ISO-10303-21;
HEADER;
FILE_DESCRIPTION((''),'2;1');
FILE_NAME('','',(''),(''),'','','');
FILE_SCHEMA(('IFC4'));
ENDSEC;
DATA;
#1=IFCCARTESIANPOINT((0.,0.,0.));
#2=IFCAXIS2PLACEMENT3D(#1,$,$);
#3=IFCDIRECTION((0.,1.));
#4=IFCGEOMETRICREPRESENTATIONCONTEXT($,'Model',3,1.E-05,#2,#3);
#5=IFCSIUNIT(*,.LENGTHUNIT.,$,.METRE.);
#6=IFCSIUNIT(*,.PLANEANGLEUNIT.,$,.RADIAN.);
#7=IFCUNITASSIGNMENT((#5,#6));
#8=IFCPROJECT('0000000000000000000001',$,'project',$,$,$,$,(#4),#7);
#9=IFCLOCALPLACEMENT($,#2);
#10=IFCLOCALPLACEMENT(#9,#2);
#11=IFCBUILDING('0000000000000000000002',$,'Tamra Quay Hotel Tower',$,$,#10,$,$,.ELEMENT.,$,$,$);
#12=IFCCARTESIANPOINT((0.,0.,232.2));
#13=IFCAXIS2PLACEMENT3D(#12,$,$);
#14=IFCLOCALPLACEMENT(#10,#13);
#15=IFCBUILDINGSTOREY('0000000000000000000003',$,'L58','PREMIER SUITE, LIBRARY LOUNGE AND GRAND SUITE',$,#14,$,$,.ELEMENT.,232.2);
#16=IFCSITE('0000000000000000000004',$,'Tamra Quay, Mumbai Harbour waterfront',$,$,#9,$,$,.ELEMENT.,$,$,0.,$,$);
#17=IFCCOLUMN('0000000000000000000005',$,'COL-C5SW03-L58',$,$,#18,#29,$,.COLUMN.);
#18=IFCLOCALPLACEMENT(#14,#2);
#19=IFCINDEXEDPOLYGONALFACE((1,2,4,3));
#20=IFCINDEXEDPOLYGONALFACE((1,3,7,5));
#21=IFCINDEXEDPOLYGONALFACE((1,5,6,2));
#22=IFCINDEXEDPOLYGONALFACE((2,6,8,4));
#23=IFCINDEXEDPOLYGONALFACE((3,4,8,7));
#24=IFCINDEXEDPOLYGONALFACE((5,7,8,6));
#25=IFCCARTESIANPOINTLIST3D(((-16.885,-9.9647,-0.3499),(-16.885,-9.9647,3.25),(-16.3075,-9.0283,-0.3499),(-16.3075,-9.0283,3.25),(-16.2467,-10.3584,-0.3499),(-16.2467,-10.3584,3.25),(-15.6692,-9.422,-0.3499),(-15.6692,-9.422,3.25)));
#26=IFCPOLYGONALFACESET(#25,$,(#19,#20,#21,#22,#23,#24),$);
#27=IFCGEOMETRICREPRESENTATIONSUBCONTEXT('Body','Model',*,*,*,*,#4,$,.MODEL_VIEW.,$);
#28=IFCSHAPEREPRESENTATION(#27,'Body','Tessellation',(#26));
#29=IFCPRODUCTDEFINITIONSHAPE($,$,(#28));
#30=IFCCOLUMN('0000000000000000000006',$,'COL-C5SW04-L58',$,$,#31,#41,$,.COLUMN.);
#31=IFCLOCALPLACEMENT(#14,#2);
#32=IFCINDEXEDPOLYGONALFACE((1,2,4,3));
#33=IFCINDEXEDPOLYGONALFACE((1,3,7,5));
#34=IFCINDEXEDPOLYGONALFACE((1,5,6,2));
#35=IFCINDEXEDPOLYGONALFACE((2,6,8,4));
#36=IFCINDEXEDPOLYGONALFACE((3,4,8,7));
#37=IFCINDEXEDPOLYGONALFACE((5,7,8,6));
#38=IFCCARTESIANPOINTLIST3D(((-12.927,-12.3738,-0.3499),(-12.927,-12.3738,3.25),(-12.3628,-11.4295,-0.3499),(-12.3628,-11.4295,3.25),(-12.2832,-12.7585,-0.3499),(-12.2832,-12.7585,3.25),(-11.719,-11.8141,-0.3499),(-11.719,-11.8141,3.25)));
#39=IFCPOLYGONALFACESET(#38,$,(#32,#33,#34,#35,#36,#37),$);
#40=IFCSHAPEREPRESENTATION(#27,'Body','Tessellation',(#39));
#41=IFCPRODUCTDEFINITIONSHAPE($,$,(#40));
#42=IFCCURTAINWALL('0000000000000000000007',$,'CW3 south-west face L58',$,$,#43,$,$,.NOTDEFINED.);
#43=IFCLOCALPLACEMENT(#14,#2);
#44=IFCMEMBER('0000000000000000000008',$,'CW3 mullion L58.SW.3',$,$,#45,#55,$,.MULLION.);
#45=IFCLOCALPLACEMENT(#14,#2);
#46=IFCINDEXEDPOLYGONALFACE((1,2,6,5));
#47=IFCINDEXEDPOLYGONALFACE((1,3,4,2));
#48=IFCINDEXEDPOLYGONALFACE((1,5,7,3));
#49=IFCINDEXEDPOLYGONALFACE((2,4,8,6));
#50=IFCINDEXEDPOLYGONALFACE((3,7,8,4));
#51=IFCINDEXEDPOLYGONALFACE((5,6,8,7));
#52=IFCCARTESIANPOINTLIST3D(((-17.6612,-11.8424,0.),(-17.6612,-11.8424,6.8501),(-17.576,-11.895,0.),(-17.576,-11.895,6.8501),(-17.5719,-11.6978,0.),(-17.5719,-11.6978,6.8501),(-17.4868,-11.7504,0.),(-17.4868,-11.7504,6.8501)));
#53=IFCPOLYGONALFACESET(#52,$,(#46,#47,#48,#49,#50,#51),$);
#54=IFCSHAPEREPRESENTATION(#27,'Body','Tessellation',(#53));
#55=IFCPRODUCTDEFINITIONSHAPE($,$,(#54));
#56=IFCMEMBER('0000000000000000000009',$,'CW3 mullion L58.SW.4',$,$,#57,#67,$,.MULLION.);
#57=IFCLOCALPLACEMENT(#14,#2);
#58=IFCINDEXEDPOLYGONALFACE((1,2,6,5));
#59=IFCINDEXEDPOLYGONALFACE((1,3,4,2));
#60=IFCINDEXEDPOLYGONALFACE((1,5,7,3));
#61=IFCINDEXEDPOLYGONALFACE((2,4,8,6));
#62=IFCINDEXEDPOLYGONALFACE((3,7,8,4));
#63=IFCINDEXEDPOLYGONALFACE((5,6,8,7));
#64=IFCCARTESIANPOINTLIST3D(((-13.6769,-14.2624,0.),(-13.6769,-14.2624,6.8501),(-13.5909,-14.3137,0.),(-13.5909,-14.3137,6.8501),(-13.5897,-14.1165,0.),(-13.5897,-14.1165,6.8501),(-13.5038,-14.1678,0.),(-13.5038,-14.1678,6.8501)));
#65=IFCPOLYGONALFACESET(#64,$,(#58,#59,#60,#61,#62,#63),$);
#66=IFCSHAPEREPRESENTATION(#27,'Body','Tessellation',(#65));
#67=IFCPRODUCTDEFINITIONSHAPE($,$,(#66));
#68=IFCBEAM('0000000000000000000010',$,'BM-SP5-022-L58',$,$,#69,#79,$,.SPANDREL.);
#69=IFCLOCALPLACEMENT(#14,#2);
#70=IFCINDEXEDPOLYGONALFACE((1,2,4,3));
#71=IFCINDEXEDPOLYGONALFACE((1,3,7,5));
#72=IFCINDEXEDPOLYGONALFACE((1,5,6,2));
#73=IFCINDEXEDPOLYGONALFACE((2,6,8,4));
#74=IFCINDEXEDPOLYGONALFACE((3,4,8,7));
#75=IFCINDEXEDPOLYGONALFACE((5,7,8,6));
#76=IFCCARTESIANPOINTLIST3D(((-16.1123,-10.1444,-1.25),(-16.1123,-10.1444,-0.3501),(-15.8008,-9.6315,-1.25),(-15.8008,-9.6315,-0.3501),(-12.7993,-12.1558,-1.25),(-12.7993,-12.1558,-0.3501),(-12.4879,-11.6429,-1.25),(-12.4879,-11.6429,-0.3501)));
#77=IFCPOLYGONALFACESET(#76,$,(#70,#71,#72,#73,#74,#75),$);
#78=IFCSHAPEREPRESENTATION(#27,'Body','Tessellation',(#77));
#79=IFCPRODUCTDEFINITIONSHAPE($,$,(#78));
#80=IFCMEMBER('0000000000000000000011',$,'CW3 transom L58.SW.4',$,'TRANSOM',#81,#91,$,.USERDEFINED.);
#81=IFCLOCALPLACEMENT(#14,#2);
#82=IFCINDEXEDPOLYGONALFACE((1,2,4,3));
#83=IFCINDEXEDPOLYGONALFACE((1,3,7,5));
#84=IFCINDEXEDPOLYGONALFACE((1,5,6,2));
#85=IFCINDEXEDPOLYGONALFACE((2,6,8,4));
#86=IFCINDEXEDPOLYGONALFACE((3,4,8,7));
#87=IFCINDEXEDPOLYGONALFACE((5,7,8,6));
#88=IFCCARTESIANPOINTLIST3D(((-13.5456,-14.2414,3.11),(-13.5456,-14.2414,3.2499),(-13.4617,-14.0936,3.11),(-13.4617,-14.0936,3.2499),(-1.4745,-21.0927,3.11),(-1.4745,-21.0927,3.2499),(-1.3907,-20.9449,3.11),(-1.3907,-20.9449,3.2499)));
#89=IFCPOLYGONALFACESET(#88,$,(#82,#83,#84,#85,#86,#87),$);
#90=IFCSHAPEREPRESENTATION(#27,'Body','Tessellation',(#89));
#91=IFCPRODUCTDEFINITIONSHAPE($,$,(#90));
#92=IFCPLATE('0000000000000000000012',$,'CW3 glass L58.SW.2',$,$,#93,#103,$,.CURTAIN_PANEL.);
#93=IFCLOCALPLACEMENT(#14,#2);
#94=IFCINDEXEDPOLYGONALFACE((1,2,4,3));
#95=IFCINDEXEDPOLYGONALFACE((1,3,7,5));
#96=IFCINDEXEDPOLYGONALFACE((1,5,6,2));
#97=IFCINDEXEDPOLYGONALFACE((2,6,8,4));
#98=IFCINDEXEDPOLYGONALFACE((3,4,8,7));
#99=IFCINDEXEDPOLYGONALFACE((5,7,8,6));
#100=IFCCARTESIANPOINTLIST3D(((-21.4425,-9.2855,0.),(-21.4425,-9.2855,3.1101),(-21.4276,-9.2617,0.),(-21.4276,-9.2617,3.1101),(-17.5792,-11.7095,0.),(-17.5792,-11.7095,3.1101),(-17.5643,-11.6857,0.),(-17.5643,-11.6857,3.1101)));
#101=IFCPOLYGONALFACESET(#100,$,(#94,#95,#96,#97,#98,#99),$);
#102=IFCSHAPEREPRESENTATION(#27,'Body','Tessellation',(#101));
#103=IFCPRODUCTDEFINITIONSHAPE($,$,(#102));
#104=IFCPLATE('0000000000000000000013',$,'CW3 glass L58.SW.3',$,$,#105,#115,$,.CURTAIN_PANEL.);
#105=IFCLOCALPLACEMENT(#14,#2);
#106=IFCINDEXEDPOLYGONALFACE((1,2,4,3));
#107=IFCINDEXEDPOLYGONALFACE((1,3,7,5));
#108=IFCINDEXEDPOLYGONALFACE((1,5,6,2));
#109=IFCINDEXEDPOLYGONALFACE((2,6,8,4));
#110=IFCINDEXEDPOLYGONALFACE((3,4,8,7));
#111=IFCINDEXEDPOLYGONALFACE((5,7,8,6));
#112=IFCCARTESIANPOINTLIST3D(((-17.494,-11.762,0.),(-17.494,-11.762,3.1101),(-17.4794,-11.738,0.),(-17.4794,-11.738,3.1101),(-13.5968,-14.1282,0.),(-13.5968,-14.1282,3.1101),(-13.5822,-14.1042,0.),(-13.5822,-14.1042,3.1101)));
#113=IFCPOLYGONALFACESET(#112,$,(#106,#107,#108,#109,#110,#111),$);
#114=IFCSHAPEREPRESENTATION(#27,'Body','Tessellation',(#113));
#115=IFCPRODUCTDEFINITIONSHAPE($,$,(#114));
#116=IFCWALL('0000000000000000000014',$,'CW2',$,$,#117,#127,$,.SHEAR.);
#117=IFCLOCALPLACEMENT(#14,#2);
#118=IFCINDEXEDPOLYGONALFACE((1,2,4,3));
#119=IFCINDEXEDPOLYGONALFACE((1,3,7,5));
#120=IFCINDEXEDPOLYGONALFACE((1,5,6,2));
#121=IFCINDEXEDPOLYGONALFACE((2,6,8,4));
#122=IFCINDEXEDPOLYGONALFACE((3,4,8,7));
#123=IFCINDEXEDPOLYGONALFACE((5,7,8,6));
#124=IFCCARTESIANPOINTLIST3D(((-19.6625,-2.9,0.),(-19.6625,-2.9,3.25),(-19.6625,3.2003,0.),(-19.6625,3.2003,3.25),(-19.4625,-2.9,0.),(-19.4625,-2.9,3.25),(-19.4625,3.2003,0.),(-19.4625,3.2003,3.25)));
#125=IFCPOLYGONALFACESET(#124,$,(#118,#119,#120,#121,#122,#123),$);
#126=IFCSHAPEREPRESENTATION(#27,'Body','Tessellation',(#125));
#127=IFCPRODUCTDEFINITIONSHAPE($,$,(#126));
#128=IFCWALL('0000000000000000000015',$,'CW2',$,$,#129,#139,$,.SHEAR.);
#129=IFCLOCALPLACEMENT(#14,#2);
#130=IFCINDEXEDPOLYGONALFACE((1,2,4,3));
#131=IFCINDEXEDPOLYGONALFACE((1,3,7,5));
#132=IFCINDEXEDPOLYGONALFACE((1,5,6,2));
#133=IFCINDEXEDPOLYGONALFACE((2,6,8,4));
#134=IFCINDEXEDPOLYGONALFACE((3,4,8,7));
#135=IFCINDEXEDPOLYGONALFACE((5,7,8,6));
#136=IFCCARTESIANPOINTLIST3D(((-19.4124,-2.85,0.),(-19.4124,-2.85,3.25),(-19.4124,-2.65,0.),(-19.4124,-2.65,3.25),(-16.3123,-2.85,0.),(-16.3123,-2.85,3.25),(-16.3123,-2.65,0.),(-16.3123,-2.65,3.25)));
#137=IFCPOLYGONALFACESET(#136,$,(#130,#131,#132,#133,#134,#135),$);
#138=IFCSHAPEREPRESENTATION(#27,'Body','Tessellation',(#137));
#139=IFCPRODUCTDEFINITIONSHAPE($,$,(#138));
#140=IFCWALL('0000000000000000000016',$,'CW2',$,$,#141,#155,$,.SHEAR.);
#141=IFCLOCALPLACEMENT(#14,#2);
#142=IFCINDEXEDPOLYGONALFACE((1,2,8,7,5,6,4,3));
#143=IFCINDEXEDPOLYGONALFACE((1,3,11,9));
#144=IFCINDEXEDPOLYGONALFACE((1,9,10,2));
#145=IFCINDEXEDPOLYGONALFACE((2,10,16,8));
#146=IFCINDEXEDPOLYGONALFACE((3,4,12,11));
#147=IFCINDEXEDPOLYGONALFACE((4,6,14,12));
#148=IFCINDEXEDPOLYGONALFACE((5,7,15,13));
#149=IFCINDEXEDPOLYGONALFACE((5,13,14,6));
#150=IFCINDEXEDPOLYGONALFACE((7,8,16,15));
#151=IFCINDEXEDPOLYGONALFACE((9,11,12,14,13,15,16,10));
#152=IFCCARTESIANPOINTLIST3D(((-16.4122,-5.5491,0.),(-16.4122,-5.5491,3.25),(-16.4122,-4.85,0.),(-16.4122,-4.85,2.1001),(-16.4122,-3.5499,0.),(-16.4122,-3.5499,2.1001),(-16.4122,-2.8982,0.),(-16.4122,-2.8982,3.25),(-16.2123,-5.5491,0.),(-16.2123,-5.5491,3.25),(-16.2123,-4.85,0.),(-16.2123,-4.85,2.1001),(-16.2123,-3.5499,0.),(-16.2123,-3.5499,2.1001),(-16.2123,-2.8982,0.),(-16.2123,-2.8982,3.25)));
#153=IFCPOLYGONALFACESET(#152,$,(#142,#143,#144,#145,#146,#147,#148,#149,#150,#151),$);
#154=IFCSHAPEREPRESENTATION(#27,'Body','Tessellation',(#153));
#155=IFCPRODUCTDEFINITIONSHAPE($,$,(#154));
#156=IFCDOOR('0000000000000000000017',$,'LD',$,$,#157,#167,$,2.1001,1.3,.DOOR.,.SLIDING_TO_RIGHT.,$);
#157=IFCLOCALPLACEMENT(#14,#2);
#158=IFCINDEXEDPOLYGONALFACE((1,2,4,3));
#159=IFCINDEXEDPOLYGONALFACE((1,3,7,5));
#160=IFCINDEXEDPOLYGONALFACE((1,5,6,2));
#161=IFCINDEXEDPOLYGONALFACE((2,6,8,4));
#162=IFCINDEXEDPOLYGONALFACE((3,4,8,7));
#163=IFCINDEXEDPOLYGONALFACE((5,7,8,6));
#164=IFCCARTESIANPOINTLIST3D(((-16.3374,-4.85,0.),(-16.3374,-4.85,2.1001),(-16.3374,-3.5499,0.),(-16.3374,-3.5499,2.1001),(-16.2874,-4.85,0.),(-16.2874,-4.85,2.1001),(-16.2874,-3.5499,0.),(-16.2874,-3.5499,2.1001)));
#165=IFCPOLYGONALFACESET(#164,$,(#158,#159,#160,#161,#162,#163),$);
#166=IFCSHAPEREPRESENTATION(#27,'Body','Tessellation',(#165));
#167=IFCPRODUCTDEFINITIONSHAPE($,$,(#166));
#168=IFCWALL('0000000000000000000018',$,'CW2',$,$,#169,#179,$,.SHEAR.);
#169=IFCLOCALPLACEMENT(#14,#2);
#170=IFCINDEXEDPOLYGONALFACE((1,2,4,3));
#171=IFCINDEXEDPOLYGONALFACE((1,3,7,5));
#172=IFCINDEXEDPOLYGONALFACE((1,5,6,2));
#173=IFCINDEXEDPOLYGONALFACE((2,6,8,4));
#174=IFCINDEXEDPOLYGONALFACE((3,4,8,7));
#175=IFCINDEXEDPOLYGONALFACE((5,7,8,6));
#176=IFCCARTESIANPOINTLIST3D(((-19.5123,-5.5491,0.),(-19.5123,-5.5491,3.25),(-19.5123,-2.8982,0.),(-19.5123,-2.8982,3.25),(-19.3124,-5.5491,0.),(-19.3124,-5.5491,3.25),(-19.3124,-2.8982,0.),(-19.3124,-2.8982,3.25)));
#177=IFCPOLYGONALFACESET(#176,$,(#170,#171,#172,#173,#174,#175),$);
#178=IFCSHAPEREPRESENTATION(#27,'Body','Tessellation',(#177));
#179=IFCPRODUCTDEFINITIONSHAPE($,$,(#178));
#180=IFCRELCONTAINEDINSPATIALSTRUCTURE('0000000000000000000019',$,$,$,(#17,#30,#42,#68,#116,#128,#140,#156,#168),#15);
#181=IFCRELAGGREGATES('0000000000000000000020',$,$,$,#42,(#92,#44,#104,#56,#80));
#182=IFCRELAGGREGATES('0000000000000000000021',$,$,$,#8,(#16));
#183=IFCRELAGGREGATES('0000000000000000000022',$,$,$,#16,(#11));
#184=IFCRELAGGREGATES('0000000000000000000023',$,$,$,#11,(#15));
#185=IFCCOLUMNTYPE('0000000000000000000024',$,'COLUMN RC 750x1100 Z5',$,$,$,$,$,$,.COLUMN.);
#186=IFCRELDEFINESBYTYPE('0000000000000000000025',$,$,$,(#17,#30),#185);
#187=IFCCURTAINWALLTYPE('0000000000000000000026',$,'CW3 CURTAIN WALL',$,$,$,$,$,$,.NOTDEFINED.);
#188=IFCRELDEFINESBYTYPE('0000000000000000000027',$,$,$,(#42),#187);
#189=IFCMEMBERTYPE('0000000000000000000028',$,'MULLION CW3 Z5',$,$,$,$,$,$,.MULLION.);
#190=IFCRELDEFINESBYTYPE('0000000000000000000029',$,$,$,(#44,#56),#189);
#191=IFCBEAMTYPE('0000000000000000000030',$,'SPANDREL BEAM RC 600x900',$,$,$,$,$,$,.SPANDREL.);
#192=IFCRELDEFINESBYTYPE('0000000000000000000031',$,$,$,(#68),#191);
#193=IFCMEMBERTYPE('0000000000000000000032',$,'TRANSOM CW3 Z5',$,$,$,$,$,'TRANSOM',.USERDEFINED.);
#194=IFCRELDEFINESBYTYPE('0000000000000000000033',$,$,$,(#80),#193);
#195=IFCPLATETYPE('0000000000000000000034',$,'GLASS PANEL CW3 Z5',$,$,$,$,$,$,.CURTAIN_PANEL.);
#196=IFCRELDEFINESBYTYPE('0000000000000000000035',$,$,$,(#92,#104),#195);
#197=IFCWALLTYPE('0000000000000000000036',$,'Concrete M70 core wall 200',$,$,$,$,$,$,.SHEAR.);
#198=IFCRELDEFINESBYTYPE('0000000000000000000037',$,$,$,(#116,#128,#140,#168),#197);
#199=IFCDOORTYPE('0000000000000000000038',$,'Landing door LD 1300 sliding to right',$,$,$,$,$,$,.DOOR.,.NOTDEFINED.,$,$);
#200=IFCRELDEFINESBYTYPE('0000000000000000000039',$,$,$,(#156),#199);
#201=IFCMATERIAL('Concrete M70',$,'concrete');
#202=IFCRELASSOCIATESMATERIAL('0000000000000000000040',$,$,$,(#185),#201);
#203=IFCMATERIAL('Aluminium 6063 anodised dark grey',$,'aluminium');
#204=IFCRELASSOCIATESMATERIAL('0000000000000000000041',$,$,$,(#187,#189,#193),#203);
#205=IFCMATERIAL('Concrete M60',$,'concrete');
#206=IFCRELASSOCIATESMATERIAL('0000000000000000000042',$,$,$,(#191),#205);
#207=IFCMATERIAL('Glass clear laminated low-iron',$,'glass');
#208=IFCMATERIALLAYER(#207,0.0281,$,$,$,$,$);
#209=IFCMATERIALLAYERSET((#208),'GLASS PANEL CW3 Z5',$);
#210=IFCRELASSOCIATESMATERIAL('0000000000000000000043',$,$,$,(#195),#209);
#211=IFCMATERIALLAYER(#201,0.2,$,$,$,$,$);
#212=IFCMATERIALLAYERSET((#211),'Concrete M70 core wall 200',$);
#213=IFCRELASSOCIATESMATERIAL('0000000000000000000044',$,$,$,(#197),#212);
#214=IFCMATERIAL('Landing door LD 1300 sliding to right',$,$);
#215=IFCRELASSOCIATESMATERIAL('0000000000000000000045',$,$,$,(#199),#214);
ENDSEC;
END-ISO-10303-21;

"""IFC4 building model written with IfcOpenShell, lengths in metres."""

from ifc_helpers import new_model, si_unit, direction, frame, frame_2d, origin, origin_2d, place, context, subcontext, project, spatial, rectangle, extrude, material, layer, layer_set, material_profile, profile_set, type_object, element, fill, aggregate, save


model = new_model("IFC4")

# Units and contexts
model_context = context("Model", 3, precision=1e-05, world=origin(), true_north=direction((0.0, 1.0)))
body_context = subcontext(model_context, "Body", "Model", "MODEL_VIEW")
ifc_project = project(units=[si_unit("LENGTHUNIT", "METRE"), si_unit("PLANEANGLEUNIT", "RADIAN")], contexts=[model_context])

# Site, building, storey
site_placement = place(None, origin())
site = spatial("IfcSite", under=ifc_project, at=site_placement, Name="Tamra Quay, Mumbai Harbour waterfront", CompositionType="ELEMENT", RefElevation=0.0)
building_placement = place(site_placement, origin())
building = spatial("IfcBuilding", under=site, at=building_placement, Name="Tamra Quay Hotel Tower", CompositionType="ELEMENT")
storey_placement = place(building_placement, frame((0.0, 0.0, 232.2)))
storey = spatial("IfcBuildingStorey", under=building, at=storey_placement, Name="L58", Description="PREMIER SUITE, LIBRARY LOUNGE AND GRAND SUITE", CompositionType="ELEMENT", Elevation=232.2)

# Columns
ifc_material_1 = material(Name="Concrete M70", Category="concrete")
ifc_material_profile_1 = material_profile(ifc_material_1, rectangle(XDim=1.1001, YDim=0.75, at=origin_2d()), Name="COLUMN RC 750x1100 Z5")
ifc_profile_set_1 = profile_set([ifc_material_profile_1], Name="Concrete M70")
column_type = type_object("IfcColumnType", Name="COLUMN RC 750x1100 Z5", PredefinedType="COLUMN", material=ifc_profile_set_1)
for number, where, z_axis, x_axis, name in (
    (1, (-16.2771, -9.6934, -0.3499), (0.0, 0.0, 1.0), (0.524928, 0.851147, 0.0), "COL-C5SW03-L58"),
    (2, (-12.323, -12.094, -0.3499), (0.0, 0.0, 1.0), (0.512899, 0.858449, 0.0), "COL-C5SW04-L58"),
):
    element("IfcColumn", number, at=place(storey_placement, frame(where, z_axis=z_axis, x_axis=x_axis)), inside=storey, type_object=column_type, Name=name, PredefinedType="COLUMN", context=body_context, shape_type="SweptSolid", body=[
        extrude(rectangle(XDim=1.1001, YDim=0.75, at=origin_2d()), origin(), (0.0, 0.0, 1.0), 3.5999),
    ])

# Curtain wall, members
ifc_material_2 = material(Name="Aluminium 6063 anodised dark grey", Category="aluminium")
curtain_wall_type = type_object("IfcCurtainWallType", Name="CW3 CURTAIN WALL", PredefinedType="NOTDEFINED", material=ifc_material_2)
curtain_wall_placement = place(storey_placement, origin())
curtain_wall = element("IfcCurtainWall", 3, at=curtain_wall_placement, inside=storey, type_object=curtain_wall_type, Name="CW3 south-west face L58", PredefinedType="NOTDEFINED")
ifc_material_profile_2 = material_profile(ifc_material_2, rectangle(XDim=0.1699, YDim=0.1001, at=origin_2d()), Name="MULLION 100X170")
ifc_profile_set_2 = profile_set([ifc_material_profile_2], Name="Aluminium 6063 anodised dark grey")
member_type_1 = type_object("IfcMemberType", Name="MULLION CW3 Z5", PredefinedType="MULLION", material=ifc_profile_set_2)
member_1_placement = place(storey_placement, frame((-17.574, -11.7964, 0.0), z_axis=(0.0, 0.0, 1.0), x_axis=(-0.525249, -0.850949, 0.0)))
member_1 = element("IfcMember", 4, at=member_1_placement, type_object=member_type_1, Name="CW3 mullion L58.SW.3", PredefinedType="MULLION", context=body_context, shape_type="SweptSolid", body=[
    extrude(rectangle(XDim=0.1699, YDim=0.1001, at=origin_2d()), origin(), (0.0, 0.0, 1.0), 6.8501),
])
member_2_placement = place(storey_placement, frame((-13.5903, -14.2151, 0.0), z_axis=(0.0, 0.0, 1.0), x_axis=(-0.512688, -0.858575, 0.0)))
member_2 = element("IfcMember", 5, at=member_2_placement, type_object=member_type_1, Name="CW3 mullion L58.SW.4", PredefinedType="MULLION", context=body_context, shape_type="SweptSolid", body=[
    extrude(rectangle(XDim=0.1699, YDim=0.1001, at=origin_2d()), origin(), (0.0, 0.0, 1.0), 6.8501),
])

# Beam
ifc_material_3 = material(Name="Concrete M60", Category="concrete")
ifc_material_profile_3 = material_profile(ifc_material_3, rectangle(XDim=0.6001, YDim=0.8999, at=origin_2d()), Name="SPANDREL BEAM RC 600x900")
ifc_profile_set_3 = profile_set([ifc_material_profile_3], Name="Concrete M60")
beam_type = type_object("IfcBeamType", Name="SPANDREL BEAM RC 600x900", PredefinedType="SPANDREL", material=ifc_profile_set_3)
beam_placement = place(storey_placement, frame((-15.9565, -9.8879, -0.8), z_axis=(0.854786, -0.518981, 0.0), x_axis=(0.518981, 0.854786, 0.0)))
element("IfcBeam", 6, at=beam_placement, inside=storey, type_object=beam_type, Name="BM-SP5-022-L58", PredefinedType="SPANDREL", context=body_context, shape_type="SweptSolid", body=[
    extrude(rectangle(XDim=0.6001, YDim=0.8999, at=origin_2d()), origin(), (0.0, 0.0, 1.0), 3.8757),
])

# Member
ifc_material_profile_4 = material_profile(ifc_material_2, rectangle(XDim=0.1699, YDim=0.1399, at=origin_2d()), Name="TRANSOM 170X140")
ifc_profile_set_4 = profile_set([ifc_material_profile_4], Name="Aluminium 6063 anodised dark grey")
member_type_2 = type_object("IfcMemberType", Name="TRANSOM CW3 Z5", ElementType="TRANSOM", PredefinedType="USERDEFINED", material=ifc_profile_set_4)
member_3_placement = place(storey_placement, frame((-13.5037, -14.1675, 3.1799), z_axis=(0.86968, -0.493616, 0.0), x_axis=(0.493616, 0.86968, 0.0)))
member_3 = element("IfcMember", 7, at=member_3_placement, type_object=member_type_2, Name="CW3 transom L58.SW.4", ObjectType="TRANSOM", PredefinedType="USERDEFINED", context=body_context, shape_type="SweptSolid", body=[
    extrude(rectangle(XDim=0.1699, YDim=0.1399, at=origin_2d()), origin(), (0.0, 0.0, 1.0), 13.8799),
])

# Plates
ifc_material_4 = material(Name="Glass clear laminated low-iron", Category="glass")
ifc_layer_1 = layer(ifc_material_4, 0.0281)
ifc_layer_set_1 = layer_set([ifc_layer_1], Name="GLASS PANEL CW3 Z5")
plate_type = type_object("IfcPlateType", Name="GLASS PANEL CW3 Z5", PredefinedType="CURTAIN_PANEL", material=ifc_layer_set_1)
plate_1_placement = place(storey_placement, frame((-19.5034, -10.4856, 0.0), z_axis=(0.0, 0.0, 1.0), x_axis=(0.847069, -0.531484, 0.0)))
plate_1 = element("IfcPlate", 8, at=plate_1_placement, type_object=plate_type, Name="CW3 glass L58.SW.2", PredefinedType="CURTAIN_PANEL", context=body_context, shape_type="SweptSolid", body=[
    extrude(rectangle(XDim=4.5608, YDim=0.0281, at=origin_2d()), origin(), (0.0, 0.0, 1.0), 3.1101),
])
plate_2_placement = place(storey_placement, frame((-15.5381, -12.9331, 0.0), z_axis=(0.0, 0.0, 1.0), x_axis=(0.854783, -0.518985, 0.0)))
plate_2 = element("IfcPlate", 9, at=plate_2_placement, type_object=plate_type, Name="CW3 glass L58.SW.3", PredefinedType="CURTAIN_PANEL", context=body_context, shape_type="SweptSolid", body=[
    extrude(rectangle(XDim=4.5593, YDim=0.0281, at=origin_2d()), origin(), (0.0, 0.0, 1.0), 3.1101),
])
aggregate(curtain_wall, [plate_1, member_1, plate_2, member_2, member_3])

# Walls
ifc_layer_2 = layer(ifc_material_1, 0.2)
ifc_layer_set_2 = layer_set([ifc_layer_2], Name="Concrete M70 core wall 200")
wall_type_1 = type_object("IfcWallType", Name="Concrete M70 core wall 200", PredefinedType="SHEAR", material=ifc_layer_set_2)
wall_1_placement = place(storey_placement, frame((-19.5625, -2.9001, 0.0), z_axis=(0.0, 0.0, 1.0), x_axis=(0.0, 1.0, 0.0)))
element("IfcWall", 10, at=wall_1_placement, inside=storey, type_object=wall_type_1, Name="CW2", PredefinedType="SHEAR", context=body_context, shape_type="SweptSolid", body=[
    extrude(rectangle(XDim=6.1003, YDim=0.2, at=frame_2d((3.0503, 0.0))), origin(), (0.0, 0.0, 1.0), 3.25),
])
wall_2_placement = place(storey_placement, frame((-19.4124, -2.75, 0.0), z_axis=(0.0, 0.0, 1.0), x_axis=(1.0, 0.0, 0.0)))
element("IfcWall", 11, at=wall_2_placement, inside=storey, type_object=wall_type_1, Name="CW2", PredefinedType="SHEAR", context=body_context, shape_type="SweptSolid", body=[
    extrude(rectangle(XDim=3.1001, YDim=0.2, at=frame_2d((1.55, 0.0))), origin(), (0.0, 0.0, 1.0), 3.25),
])

# Wall, opening, door
wall_3_placement = place(storey_placement, frame((-16.3123, -2.8982, 0.0), z_axis=(0.0, 0.0, 1.0), x_axis=(0.0, -1.0, 0.0)))
wall_3 = element("IfcWall", 12, at=wall_3_placement, inside=storey, type_object=wall_type_1, Name="CW2", PredefinedType="SHEAR", context=body_context, shape_type="SweptSolid", body=[
    extrude(rectangle(XDim=2.6509, YDim=0.2, at=frame_2d((1.3254, 0.0))), origin(), (0.0, 0.0, 1.0), 3.25),
])
opening_1_placement = place(wall_3_placement, frame((0.6519, 0.0, 0.0)))
opening_1 = element("IfcOpeningElement", 13, at=opening_1_placement, cuts=wall_3, PredefinedType="OPENING", context=body_context, shape_type="SweptSolid", body=[
    extrude(rectangle(XDim=1.3, YDim=2.1001, at=frame_2d((0.6499, 1.05))), frame((0.0, 0.1099, 0.0), z_axis=(0.0, -1.0, 0.0), x_axis=(1.0, 0.0, 0.0)), (0.0, 0.0, 1.0), 0.22),
])
ifc_material_5 = material(Name="Landing door LD 1300 sliding to right")
door_type_1 = type_object("IfcDoorType", Name="Landing door LD 1300 sliding to right", OperationType="NOTDEFINED", PredefinedType="DOOR", material=ifc_material_5)
door_1_placement = place(opening_1_placement, origin())
door_1 = element("IfcDoor", 14, at=door_1_placement, inside=storey, type_object=door_type_1, Name="LD", OperationType="SLIDING_TO_RIGHT", OverallHeight=2.1001, OverallWidth=1.3, PredefinedType="DOOR", context=body_context, shape_type="SweptSolid", body=[
    extrude(rectangle(XDim=1.3, YDim=2.1001, at=frame_2d((0.6499, 1.05))), frame((0.0, 0.0249, 0.0), z_axis=(0.0, -1.0, 0.0), x_axis=(1.0, 0.0, 0.0)), (0.0, 0.0, 1.0), 0.05),
])
fill(opening_1, door_1)

# Wall
wall_4_placement = place(storey_placement, frame((-19.4124, -5.5491, 0.0), z_axis=(0.0, 0.0, 1.0), x_axis=(0.0, 1.0, 0.0)))
element("IfcWall", 15, at=wall_4_placement, inside=storey, type_object=wall_type_1, Name="CW2", PredefinedType="SHEAR", context=body_context, shape_type="SweptSolid", body=[
    extrude(rectangle(XDim=2.6509, YDim=0.2, at=frame_2d((1.3254, 0.0))), origin(), (0.0, 0.0, 1.0), 3.25),
])

save(model, "model.ifc")
